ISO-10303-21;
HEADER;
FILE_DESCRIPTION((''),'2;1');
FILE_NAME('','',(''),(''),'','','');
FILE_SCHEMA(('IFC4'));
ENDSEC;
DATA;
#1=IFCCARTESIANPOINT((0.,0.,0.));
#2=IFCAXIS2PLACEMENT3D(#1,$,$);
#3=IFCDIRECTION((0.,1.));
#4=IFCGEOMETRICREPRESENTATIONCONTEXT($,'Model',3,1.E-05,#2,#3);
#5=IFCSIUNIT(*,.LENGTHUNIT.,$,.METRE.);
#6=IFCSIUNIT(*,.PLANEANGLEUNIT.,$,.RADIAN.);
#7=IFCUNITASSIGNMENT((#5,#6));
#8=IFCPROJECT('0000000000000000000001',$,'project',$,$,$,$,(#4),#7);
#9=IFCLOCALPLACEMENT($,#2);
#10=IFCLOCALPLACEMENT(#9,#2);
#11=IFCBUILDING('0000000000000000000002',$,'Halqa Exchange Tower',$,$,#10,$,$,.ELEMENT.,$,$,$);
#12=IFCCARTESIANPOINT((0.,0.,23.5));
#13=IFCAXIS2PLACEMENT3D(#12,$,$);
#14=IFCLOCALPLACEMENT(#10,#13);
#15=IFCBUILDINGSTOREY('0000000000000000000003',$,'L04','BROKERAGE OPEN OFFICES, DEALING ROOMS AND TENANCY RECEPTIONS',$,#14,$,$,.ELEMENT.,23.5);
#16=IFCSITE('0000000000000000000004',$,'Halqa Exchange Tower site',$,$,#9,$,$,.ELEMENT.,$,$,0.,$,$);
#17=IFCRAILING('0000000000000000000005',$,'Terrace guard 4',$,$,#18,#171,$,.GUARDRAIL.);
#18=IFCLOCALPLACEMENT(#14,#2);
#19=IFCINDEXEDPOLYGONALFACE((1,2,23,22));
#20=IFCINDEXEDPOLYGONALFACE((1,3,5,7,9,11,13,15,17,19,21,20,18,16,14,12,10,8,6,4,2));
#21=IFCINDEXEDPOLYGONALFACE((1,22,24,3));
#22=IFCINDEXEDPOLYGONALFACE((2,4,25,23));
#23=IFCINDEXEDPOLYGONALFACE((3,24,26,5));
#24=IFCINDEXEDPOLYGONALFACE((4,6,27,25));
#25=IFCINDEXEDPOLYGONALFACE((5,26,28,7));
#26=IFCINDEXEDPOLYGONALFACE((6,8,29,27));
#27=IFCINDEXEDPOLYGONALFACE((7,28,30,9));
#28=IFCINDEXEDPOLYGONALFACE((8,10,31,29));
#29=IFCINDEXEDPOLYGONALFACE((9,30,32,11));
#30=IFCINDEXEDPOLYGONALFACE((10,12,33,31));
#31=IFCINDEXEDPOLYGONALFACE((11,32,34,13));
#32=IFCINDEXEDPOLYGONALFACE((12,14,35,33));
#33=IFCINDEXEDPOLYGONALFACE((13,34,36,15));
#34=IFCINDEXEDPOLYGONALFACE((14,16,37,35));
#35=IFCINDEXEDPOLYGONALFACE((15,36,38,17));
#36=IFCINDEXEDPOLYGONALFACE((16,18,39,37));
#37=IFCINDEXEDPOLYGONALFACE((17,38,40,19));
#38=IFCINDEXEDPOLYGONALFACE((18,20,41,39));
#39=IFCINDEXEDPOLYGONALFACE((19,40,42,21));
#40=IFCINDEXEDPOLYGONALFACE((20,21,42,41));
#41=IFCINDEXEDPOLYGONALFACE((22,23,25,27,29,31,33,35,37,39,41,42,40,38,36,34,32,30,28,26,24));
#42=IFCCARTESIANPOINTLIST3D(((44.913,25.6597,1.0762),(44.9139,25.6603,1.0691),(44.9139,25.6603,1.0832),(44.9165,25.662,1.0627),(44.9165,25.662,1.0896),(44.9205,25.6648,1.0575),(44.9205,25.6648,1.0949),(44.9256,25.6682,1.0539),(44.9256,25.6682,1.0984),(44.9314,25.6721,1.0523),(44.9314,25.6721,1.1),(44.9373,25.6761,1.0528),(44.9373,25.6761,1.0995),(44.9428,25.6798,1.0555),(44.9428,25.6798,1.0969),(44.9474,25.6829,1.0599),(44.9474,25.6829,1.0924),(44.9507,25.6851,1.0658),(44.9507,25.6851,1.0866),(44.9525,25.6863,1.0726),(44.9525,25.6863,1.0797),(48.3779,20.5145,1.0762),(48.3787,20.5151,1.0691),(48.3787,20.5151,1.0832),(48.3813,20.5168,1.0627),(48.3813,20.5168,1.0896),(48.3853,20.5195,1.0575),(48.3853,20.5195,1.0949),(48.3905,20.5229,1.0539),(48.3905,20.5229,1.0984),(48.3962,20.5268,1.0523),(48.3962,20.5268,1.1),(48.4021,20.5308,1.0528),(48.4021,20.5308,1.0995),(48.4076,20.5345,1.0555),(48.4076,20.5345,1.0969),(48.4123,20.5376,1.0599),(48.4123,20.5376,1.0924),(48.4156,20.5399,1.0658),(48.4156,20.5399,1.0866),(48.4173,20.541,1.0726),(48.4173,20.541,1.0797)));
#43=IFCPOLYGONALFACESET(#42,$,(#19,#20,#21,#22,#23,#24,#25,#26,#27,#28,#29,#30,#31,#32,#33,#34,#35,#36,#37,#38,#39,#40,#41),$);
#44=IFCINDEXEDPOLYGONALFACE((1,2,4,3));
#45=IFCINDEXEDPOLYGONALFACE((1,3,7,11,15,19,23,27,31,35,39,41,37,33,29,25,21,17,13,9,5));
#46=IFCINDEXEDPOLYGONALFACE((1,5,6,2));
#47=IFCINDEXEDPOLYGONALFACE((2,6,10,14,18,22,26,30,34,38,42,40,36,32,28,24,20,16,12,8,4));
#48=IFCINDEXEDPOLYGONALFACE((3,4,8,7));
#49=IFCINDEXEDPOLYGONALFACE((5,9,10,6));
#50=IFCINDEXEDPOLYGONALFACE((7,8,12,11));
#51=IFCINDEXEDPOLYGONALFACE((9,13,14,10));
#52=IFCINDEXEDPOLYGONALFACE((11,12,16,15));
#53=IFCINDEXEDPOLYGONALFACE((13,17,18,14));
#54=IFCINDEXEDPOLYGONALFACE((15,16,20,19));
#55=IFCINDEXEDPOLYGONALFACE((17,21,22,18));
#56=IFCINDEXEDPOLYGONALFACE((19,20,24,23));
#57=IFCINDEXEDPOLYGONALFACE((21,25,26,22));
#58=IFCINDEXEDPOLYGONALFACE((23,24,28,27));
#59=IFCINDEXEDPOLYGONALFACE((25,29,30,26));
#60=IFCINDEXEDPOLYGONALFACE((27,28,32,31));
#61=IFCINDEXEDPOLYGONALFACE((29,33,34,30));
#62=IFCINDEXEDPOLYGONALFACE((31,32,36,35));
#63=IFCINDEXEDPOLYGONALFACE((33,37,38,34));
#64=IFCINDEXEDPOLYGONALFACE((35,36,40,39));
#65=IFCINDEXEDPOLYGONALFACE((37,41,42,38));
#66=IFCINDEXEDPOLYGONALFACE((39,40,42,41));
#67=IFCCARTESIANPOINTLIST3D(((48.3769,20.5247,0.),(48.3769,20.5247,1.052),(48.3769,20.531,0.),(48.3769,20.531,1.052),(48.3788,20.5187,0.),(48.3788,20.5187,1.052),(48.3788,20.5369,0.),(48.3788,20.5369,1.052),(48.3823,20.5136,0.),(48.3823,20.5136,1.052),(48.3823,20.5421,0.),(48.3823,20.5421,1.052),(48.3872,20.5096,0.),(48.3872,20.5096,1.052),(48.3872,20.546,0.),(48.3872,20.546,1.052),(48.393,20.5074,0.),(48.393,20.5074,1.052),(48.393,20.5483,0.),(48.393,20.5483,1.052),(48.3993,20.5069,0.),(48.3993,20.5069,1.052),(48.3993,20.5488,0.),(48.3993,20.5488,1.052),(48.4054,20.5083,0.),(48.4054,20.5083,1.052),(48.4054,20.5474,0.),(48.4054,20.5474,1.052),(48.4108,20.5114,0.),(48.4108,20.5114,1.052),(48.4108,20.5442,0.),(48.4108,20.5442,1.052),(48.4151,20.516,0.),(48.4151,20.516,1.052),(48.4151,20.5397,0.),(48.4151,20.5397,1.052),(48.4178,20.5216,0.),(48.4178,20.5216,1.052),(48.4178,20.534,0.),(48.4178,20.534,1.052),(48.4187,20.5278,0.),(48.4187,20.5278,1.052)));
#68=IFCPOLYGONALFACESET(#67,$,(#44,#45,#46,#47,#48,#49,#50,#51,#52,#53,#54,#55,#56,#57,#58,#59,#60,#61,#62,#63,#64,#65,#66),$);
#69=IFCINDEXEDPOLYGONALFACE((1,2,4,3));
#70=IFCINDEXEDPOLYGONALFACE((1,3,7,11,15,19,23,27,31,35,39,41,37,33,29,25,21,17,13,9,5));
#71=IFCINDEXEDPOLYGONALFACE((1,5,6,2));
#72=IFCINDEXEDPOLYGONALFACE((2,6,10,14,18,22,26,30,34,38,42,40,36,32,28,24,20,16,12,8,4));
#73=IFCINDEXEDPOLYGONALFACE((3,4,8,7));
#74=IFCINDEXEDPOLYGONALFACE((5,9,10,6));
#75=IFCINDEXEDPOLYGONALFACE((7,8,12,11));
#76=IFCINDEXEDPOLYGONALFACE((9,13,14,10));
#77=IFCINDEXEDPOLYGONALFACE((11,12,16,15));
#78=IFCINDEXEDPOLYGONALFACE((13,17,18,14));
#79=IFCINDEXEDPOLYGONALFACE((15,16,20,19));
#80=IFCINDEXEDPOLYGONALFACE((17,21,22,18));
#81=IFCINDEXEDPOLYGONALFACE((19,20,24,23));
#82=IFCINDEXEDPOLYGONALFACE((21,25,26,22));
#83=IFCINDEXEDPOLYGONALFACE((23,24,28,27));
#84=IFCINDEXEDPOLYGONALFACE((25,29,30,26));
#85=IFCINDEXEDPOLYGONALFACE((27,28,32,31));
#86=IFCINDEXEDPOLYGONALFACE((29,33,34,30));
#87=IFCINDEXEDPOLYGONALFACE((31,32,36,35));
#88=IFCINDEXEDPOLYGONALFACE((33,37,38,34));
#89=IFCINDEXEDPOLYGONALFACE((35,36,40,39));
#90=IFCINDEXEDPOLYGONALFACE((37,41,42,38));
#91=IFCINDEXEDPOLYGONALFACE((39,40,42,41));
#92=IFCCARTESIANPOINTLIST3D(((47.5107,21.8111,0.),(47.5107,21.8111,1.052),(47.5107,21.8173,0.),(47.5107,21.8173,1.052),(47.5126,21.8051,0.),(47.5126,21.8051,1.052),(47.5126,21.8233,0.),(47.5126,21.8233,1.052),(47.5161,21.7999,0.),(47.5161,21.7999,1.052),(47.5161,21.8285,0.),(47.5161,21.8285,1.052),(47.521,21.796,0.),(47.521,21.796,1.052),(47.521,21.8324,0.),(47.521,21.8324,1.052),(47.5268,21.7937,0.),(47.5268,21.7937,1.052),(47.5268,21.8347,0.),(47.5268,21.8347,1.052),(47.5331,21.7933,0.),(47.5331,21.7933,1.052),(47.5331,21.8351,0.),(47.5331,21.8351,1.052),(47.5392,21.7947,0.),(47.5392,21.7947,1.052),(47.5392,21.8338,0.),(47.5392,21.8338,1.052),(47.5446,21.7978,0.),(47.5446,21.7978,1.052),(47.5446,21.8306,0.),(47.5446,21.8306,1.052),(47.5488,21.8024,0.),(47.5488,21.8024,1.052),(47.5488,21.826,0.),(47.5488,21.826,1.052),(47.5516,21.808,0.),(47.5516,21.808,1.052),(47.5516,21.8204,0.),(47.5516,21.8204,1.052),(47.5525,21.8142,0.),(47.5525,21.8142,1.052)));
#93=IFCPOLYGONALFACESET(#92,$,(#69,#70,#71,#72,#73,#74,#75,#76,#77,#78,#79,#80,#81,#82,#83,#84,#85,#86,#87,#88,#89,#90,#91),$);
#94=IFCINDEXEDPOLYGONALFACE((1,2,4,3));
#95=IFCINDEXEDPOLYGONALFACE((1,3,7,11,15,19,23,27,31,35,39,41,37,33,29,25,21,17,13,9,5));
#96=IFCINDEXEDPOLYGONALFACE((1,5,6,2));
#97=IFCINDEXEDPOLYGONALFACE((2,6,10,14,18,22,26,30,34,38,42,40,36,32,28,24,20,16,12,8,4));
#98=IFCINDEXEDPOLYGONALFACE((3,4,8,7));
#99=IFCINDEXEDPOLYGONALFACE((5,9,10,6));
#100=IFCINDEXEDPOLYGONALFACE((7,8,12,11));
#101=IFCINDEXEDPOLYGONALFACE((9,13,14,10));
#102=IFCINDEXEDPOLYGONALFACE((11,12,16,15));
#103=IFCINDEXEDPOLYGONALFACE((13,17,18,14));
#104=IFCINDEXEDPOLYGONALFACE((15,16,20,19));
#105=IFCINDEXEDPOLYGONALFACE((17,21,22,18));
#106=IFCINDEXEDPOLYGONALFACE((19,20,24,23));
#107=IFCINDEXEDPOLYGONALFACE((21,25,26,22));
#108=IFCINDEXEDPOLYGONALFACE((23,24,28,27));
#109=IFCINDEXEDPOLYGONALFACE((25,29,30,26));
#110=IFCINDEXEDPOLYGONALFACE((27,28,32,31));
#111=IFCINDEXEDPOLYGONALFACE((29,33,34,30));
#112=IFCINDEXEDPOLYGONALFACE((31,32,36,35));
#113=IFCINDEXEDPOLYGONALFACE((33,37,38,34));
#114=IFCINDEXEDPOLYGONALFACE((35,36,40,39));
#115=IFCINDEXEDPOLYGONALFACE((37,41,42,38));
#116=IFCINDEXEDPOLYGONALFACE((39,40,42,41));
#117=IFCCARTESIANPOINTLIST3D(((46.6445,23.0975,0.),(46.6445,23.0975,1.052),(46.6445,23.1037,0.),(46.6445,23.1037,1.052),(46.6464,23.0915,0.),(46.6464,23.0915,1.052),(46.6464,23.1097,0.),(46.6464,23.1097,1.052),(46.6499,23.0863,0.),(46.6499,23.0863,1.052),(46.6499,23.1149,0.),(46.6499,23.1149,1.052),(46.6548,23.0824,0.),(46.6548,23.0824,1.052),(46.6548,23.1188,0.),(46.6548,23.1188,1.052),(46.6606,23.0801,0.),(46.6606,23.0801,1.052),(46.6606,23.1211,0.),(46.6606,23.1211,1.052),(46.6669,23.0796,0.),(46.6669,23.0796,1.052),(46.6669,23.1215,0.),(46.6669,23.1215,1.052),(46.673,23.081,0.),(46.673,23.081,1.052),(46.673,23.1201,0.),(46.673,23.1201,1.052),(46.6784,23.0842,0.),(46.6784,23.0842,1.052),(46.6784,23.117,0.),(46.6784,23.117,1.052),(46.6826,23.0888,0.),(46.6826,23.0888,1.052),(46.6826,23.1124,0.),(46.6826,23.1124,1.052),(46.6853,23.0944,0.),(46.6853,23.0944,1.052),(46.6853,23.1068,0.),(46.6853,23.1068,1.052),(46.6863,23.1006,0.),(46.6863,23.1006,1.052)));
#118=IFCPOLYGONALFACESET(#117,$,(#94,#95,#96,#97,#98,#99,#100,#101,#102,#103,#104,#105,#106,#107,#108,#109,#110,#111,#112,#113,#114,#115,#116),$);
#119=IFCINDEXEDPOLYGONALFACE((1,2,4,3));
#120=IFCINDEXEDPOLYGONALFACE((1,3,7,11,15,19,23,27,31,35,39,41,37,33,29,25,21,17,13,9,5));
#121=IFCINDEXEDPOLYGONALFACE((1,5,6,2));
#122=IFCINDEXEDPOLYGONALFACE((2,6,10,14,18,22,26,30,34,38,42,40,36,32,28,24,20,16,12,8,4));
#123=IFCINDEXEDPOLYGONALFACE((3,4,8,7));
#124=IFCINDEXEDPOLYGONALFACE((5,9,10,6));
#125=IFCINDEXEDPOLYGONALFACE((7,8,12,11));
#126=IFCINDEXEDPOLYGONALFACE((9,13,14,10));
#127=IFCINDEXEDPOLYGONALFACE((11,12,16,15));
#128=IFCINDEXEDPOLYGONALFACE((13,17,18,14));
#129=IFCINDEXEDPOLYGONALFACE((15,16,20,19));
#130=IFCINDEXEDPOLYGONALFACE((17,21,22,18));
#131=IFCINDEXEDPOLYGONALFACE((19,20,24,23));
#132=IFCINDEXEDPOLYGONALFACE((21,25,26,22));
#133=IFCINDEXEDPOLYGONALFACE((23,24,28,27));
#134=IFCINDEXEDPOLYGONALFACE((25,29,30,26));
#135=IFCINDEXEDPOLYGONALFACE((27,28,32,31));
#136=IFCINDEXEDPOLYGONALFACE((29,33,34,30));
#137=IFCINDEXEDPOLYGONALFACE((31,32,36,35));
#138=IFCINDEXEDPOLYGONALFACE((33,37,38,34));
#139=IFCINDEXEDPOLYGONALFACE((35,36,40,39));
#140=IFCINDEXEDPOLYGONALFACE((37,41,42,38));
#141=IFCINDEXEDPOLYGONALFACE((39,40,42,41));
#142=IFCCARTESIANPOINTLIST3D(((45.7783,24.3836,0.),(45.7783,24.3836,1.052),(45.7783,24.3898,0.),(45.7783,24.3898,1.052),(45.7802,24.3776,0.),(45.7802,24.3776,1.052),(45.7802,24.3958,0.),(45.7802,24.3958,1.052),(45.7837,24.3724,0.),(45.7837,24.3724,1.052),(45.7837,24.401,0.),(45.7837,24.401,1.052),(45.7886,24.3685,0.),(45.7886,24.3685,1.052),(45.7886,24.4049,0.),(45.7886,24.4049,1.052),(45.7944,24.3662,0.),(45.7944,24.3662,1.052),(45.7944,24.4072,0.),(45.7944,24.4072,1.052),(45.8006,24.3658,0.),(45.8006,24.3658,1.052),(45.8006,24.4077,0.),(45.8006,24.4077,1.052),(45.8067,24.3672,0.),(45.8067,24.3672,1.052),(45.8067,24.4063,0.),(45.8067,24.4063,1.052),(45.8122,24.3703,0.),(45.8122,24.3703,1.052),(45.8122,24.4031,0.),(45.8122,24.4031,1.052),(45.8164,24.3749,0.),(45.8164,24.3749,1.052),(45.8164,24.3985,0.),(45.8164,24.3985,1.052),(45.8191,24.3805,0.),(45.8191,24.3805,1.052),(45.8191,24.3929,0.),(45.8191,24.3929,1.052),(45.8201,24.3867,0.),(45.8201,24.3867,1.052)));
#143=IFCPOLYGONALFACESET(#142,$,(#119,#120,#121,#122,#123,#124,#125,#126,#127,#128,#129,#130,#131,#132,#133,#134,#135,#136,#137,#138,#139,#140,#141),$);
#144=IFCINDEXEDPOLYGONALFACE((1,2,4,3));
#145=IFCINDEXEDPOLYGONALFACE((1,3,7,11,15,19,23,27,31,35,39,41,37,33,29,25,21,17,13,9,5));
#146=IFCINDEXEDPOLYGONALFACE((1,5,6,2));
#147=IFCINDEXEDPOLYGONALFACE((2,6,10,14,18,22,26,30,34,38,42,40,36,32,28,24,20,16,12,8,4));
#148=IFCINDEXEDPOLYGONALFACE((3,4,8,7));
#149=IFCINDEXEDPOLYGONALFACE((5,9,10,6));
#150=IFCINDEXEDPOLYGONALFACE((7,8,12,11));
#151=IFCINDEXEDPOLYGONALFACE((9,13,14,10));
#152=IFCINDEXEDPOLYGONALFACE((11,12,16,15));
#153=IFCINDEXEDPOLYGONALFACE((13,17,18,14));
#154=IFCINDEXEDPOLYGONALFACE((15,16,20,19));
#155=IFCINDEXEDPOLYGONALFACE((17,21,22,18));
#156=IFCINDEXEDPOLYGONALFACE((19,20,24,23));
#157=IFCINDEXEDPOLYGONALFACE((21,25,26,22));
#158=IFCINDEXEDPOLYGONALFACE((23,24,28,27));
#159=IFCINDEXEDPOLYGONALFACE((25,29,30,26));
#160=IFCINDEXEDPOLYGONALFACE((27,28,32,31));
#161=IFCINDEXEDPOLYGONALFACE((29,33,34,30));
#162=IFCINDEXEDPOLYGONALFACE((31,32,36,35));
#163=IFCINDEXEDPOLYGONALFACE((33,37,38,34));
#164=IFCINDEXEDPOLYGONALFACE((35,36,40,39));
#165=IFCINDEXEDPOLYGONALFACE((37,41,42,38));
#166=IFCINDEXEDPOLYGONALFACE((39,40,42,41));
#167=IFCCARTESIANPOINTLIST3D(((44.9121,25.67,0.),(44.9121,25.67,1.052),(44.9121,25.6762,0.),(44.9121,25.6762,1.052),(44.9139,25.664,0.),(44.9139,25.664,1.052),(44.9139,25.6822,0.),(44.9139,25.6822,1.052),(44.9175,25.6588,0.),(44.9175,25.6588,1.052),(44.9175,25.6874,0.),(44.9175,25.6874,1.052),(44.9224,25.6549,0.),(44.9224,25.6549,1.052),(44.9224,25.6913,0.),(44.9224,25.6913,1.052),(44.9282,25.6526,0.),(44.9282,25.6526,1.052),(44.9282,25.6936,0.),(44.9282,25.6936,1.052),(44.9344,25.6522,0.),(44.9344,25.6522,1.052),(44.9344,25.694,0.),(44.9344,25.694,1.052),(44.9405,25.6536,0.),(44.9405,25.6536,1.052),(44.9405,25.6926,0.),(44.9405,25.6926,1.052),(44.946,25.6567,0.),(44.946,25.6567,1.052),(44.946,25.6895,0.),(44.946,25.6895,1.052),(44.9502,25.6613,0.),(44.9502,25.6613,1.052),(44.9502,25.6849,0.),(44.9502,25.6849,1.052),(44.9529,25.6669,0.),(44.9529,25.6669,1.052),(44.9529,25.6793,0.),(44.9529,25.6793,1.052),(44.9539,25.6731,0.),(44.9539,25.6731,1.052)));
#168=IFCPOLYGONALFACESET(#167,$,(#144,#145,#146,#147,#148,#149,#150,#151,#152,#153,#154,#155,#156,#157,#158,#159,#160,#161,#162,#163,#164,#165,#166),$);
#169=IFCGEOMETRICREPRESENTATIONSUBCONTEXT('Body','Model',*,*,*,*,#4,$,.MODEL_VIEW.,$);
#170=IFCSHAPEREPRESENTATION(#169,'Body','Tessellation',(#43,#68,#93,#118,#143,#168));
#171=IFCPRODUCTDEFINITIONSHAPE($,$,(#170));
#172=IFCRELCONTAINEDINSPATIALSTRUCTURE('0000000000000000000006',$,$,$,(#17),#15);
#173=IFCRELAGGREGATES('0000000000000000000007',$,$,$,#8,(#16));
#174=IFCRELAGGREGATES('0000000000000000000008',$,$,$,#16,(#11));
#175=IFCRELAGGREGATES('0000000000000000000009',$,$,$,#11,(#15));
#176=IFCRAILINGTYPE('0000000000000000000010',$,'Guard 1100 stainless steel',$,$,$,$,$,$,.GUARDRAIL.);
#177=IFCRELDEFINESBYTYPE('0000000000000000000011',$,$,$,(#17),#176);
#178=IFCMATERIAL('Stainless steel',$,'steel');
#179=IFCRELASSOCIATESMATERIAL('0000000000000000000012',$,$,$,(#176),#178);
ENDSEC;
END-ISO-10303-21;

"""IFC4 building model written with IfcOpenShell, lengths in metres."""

from ifc_helpers import new_model, si_unit, direction, frame, origin, origin_2d, place, context, subcontext, project, spatial, circle, extrude, material, type_object, element, save


model = new_model("IFC4")

# Units and contexts
model_context = context("Model", 3, precision=1e-05, world=origin(), true_north=direction((0.0, 1.0)))
body_context = subcontext(model_context, "Body", "Model", "MODEL_VIEW")
ifc_project = project(units=[si_unit("LENGTHUNIT", "METRE"), si_unit("PLANEANGLEUNIT", "RADIAN")], contexts=[model_context])

# Site, building, storey
site_placement = place(None, origin())
site = spatial("IfcSite", under=ifc_project, at=site_placement, Name="Halqa Exchange Tower site", CompositionType="ELEMENT", RefElevation=0.0)
building_placement = place(site_placement, origin())
building = spatial("IfcBuilding", under=site, at=building_placement, Name="Halqa Exchange Tower", CompositionType="ELEMENT")
storey_placement = place(building_placement, frame((0.0, 0.0, 23.5)))
storey = spatial("IfcBuildingStorey", under=building, at=storey_placement, Name="L04", Description="BROKERAGE OPEN OFFICES, DEALING ROOMS AND TENANCY RECEPTIONS", CompositionType="ELEMENT", Elevation=23.5)

# Railing
ifc_material_1 = material(Name="Stainless steel", Category="steel")
railing_type = type_object("IfcRailingType", Name="Guard 1100 stainless steel", PredefinedType="GUARDRAIL", material=ifc_material_1)
railing_1_placement = place(storey_placement, frame((48.3977, 20.5278, 0.0)))
element("IfcRailing", 1, at=railing_1_placement, inside=storey, type_object=railing_type, Name="Terrace guard 4", PredefinedType="GUARDRAIL", context=body_context, shape_type="SweptSolid", body=[
    extrude(circle(Radius=0.0239, at=origin_2d()), frame((0.0, 0.0, 1.0762), z_axis=(-0.558563, 0.829462, 0.0), x_axis=(-0.829462, -0.558563, 0.0)), (0.0, 0.0, 1.0), 6.2031),
    extrude(circle(Radius=0.021, at=origin_2d()), origin(), (0.0, 0.0, 1.0), 1.052),
    extrude(circle(Radius=0.021, at=origin_2d()), frame((-0.8662, 1.2864, 0.0)), (0.0, 0.0, 1.0), 1.052),
    extrude(circle(Radius=0.021, at=origin_2d()), frame((-1.7324, 2.5728, 0.0)), (0.0, 0.0, 1.0), 1.052),
    extrude(circle(Radius=0.021, at=origin_2d()), frame((-2.5986, 3.8589, 0.0)), (0.0, 0.0, 1.0), 1.052),
    extrude(circle(Radius=0.021, at=origin_2d()), frame((-3.4648, 5.1453, 0.0)), (0.0, 0.0, 1.0), 1.052),
])

save(model, "model.ifc")
